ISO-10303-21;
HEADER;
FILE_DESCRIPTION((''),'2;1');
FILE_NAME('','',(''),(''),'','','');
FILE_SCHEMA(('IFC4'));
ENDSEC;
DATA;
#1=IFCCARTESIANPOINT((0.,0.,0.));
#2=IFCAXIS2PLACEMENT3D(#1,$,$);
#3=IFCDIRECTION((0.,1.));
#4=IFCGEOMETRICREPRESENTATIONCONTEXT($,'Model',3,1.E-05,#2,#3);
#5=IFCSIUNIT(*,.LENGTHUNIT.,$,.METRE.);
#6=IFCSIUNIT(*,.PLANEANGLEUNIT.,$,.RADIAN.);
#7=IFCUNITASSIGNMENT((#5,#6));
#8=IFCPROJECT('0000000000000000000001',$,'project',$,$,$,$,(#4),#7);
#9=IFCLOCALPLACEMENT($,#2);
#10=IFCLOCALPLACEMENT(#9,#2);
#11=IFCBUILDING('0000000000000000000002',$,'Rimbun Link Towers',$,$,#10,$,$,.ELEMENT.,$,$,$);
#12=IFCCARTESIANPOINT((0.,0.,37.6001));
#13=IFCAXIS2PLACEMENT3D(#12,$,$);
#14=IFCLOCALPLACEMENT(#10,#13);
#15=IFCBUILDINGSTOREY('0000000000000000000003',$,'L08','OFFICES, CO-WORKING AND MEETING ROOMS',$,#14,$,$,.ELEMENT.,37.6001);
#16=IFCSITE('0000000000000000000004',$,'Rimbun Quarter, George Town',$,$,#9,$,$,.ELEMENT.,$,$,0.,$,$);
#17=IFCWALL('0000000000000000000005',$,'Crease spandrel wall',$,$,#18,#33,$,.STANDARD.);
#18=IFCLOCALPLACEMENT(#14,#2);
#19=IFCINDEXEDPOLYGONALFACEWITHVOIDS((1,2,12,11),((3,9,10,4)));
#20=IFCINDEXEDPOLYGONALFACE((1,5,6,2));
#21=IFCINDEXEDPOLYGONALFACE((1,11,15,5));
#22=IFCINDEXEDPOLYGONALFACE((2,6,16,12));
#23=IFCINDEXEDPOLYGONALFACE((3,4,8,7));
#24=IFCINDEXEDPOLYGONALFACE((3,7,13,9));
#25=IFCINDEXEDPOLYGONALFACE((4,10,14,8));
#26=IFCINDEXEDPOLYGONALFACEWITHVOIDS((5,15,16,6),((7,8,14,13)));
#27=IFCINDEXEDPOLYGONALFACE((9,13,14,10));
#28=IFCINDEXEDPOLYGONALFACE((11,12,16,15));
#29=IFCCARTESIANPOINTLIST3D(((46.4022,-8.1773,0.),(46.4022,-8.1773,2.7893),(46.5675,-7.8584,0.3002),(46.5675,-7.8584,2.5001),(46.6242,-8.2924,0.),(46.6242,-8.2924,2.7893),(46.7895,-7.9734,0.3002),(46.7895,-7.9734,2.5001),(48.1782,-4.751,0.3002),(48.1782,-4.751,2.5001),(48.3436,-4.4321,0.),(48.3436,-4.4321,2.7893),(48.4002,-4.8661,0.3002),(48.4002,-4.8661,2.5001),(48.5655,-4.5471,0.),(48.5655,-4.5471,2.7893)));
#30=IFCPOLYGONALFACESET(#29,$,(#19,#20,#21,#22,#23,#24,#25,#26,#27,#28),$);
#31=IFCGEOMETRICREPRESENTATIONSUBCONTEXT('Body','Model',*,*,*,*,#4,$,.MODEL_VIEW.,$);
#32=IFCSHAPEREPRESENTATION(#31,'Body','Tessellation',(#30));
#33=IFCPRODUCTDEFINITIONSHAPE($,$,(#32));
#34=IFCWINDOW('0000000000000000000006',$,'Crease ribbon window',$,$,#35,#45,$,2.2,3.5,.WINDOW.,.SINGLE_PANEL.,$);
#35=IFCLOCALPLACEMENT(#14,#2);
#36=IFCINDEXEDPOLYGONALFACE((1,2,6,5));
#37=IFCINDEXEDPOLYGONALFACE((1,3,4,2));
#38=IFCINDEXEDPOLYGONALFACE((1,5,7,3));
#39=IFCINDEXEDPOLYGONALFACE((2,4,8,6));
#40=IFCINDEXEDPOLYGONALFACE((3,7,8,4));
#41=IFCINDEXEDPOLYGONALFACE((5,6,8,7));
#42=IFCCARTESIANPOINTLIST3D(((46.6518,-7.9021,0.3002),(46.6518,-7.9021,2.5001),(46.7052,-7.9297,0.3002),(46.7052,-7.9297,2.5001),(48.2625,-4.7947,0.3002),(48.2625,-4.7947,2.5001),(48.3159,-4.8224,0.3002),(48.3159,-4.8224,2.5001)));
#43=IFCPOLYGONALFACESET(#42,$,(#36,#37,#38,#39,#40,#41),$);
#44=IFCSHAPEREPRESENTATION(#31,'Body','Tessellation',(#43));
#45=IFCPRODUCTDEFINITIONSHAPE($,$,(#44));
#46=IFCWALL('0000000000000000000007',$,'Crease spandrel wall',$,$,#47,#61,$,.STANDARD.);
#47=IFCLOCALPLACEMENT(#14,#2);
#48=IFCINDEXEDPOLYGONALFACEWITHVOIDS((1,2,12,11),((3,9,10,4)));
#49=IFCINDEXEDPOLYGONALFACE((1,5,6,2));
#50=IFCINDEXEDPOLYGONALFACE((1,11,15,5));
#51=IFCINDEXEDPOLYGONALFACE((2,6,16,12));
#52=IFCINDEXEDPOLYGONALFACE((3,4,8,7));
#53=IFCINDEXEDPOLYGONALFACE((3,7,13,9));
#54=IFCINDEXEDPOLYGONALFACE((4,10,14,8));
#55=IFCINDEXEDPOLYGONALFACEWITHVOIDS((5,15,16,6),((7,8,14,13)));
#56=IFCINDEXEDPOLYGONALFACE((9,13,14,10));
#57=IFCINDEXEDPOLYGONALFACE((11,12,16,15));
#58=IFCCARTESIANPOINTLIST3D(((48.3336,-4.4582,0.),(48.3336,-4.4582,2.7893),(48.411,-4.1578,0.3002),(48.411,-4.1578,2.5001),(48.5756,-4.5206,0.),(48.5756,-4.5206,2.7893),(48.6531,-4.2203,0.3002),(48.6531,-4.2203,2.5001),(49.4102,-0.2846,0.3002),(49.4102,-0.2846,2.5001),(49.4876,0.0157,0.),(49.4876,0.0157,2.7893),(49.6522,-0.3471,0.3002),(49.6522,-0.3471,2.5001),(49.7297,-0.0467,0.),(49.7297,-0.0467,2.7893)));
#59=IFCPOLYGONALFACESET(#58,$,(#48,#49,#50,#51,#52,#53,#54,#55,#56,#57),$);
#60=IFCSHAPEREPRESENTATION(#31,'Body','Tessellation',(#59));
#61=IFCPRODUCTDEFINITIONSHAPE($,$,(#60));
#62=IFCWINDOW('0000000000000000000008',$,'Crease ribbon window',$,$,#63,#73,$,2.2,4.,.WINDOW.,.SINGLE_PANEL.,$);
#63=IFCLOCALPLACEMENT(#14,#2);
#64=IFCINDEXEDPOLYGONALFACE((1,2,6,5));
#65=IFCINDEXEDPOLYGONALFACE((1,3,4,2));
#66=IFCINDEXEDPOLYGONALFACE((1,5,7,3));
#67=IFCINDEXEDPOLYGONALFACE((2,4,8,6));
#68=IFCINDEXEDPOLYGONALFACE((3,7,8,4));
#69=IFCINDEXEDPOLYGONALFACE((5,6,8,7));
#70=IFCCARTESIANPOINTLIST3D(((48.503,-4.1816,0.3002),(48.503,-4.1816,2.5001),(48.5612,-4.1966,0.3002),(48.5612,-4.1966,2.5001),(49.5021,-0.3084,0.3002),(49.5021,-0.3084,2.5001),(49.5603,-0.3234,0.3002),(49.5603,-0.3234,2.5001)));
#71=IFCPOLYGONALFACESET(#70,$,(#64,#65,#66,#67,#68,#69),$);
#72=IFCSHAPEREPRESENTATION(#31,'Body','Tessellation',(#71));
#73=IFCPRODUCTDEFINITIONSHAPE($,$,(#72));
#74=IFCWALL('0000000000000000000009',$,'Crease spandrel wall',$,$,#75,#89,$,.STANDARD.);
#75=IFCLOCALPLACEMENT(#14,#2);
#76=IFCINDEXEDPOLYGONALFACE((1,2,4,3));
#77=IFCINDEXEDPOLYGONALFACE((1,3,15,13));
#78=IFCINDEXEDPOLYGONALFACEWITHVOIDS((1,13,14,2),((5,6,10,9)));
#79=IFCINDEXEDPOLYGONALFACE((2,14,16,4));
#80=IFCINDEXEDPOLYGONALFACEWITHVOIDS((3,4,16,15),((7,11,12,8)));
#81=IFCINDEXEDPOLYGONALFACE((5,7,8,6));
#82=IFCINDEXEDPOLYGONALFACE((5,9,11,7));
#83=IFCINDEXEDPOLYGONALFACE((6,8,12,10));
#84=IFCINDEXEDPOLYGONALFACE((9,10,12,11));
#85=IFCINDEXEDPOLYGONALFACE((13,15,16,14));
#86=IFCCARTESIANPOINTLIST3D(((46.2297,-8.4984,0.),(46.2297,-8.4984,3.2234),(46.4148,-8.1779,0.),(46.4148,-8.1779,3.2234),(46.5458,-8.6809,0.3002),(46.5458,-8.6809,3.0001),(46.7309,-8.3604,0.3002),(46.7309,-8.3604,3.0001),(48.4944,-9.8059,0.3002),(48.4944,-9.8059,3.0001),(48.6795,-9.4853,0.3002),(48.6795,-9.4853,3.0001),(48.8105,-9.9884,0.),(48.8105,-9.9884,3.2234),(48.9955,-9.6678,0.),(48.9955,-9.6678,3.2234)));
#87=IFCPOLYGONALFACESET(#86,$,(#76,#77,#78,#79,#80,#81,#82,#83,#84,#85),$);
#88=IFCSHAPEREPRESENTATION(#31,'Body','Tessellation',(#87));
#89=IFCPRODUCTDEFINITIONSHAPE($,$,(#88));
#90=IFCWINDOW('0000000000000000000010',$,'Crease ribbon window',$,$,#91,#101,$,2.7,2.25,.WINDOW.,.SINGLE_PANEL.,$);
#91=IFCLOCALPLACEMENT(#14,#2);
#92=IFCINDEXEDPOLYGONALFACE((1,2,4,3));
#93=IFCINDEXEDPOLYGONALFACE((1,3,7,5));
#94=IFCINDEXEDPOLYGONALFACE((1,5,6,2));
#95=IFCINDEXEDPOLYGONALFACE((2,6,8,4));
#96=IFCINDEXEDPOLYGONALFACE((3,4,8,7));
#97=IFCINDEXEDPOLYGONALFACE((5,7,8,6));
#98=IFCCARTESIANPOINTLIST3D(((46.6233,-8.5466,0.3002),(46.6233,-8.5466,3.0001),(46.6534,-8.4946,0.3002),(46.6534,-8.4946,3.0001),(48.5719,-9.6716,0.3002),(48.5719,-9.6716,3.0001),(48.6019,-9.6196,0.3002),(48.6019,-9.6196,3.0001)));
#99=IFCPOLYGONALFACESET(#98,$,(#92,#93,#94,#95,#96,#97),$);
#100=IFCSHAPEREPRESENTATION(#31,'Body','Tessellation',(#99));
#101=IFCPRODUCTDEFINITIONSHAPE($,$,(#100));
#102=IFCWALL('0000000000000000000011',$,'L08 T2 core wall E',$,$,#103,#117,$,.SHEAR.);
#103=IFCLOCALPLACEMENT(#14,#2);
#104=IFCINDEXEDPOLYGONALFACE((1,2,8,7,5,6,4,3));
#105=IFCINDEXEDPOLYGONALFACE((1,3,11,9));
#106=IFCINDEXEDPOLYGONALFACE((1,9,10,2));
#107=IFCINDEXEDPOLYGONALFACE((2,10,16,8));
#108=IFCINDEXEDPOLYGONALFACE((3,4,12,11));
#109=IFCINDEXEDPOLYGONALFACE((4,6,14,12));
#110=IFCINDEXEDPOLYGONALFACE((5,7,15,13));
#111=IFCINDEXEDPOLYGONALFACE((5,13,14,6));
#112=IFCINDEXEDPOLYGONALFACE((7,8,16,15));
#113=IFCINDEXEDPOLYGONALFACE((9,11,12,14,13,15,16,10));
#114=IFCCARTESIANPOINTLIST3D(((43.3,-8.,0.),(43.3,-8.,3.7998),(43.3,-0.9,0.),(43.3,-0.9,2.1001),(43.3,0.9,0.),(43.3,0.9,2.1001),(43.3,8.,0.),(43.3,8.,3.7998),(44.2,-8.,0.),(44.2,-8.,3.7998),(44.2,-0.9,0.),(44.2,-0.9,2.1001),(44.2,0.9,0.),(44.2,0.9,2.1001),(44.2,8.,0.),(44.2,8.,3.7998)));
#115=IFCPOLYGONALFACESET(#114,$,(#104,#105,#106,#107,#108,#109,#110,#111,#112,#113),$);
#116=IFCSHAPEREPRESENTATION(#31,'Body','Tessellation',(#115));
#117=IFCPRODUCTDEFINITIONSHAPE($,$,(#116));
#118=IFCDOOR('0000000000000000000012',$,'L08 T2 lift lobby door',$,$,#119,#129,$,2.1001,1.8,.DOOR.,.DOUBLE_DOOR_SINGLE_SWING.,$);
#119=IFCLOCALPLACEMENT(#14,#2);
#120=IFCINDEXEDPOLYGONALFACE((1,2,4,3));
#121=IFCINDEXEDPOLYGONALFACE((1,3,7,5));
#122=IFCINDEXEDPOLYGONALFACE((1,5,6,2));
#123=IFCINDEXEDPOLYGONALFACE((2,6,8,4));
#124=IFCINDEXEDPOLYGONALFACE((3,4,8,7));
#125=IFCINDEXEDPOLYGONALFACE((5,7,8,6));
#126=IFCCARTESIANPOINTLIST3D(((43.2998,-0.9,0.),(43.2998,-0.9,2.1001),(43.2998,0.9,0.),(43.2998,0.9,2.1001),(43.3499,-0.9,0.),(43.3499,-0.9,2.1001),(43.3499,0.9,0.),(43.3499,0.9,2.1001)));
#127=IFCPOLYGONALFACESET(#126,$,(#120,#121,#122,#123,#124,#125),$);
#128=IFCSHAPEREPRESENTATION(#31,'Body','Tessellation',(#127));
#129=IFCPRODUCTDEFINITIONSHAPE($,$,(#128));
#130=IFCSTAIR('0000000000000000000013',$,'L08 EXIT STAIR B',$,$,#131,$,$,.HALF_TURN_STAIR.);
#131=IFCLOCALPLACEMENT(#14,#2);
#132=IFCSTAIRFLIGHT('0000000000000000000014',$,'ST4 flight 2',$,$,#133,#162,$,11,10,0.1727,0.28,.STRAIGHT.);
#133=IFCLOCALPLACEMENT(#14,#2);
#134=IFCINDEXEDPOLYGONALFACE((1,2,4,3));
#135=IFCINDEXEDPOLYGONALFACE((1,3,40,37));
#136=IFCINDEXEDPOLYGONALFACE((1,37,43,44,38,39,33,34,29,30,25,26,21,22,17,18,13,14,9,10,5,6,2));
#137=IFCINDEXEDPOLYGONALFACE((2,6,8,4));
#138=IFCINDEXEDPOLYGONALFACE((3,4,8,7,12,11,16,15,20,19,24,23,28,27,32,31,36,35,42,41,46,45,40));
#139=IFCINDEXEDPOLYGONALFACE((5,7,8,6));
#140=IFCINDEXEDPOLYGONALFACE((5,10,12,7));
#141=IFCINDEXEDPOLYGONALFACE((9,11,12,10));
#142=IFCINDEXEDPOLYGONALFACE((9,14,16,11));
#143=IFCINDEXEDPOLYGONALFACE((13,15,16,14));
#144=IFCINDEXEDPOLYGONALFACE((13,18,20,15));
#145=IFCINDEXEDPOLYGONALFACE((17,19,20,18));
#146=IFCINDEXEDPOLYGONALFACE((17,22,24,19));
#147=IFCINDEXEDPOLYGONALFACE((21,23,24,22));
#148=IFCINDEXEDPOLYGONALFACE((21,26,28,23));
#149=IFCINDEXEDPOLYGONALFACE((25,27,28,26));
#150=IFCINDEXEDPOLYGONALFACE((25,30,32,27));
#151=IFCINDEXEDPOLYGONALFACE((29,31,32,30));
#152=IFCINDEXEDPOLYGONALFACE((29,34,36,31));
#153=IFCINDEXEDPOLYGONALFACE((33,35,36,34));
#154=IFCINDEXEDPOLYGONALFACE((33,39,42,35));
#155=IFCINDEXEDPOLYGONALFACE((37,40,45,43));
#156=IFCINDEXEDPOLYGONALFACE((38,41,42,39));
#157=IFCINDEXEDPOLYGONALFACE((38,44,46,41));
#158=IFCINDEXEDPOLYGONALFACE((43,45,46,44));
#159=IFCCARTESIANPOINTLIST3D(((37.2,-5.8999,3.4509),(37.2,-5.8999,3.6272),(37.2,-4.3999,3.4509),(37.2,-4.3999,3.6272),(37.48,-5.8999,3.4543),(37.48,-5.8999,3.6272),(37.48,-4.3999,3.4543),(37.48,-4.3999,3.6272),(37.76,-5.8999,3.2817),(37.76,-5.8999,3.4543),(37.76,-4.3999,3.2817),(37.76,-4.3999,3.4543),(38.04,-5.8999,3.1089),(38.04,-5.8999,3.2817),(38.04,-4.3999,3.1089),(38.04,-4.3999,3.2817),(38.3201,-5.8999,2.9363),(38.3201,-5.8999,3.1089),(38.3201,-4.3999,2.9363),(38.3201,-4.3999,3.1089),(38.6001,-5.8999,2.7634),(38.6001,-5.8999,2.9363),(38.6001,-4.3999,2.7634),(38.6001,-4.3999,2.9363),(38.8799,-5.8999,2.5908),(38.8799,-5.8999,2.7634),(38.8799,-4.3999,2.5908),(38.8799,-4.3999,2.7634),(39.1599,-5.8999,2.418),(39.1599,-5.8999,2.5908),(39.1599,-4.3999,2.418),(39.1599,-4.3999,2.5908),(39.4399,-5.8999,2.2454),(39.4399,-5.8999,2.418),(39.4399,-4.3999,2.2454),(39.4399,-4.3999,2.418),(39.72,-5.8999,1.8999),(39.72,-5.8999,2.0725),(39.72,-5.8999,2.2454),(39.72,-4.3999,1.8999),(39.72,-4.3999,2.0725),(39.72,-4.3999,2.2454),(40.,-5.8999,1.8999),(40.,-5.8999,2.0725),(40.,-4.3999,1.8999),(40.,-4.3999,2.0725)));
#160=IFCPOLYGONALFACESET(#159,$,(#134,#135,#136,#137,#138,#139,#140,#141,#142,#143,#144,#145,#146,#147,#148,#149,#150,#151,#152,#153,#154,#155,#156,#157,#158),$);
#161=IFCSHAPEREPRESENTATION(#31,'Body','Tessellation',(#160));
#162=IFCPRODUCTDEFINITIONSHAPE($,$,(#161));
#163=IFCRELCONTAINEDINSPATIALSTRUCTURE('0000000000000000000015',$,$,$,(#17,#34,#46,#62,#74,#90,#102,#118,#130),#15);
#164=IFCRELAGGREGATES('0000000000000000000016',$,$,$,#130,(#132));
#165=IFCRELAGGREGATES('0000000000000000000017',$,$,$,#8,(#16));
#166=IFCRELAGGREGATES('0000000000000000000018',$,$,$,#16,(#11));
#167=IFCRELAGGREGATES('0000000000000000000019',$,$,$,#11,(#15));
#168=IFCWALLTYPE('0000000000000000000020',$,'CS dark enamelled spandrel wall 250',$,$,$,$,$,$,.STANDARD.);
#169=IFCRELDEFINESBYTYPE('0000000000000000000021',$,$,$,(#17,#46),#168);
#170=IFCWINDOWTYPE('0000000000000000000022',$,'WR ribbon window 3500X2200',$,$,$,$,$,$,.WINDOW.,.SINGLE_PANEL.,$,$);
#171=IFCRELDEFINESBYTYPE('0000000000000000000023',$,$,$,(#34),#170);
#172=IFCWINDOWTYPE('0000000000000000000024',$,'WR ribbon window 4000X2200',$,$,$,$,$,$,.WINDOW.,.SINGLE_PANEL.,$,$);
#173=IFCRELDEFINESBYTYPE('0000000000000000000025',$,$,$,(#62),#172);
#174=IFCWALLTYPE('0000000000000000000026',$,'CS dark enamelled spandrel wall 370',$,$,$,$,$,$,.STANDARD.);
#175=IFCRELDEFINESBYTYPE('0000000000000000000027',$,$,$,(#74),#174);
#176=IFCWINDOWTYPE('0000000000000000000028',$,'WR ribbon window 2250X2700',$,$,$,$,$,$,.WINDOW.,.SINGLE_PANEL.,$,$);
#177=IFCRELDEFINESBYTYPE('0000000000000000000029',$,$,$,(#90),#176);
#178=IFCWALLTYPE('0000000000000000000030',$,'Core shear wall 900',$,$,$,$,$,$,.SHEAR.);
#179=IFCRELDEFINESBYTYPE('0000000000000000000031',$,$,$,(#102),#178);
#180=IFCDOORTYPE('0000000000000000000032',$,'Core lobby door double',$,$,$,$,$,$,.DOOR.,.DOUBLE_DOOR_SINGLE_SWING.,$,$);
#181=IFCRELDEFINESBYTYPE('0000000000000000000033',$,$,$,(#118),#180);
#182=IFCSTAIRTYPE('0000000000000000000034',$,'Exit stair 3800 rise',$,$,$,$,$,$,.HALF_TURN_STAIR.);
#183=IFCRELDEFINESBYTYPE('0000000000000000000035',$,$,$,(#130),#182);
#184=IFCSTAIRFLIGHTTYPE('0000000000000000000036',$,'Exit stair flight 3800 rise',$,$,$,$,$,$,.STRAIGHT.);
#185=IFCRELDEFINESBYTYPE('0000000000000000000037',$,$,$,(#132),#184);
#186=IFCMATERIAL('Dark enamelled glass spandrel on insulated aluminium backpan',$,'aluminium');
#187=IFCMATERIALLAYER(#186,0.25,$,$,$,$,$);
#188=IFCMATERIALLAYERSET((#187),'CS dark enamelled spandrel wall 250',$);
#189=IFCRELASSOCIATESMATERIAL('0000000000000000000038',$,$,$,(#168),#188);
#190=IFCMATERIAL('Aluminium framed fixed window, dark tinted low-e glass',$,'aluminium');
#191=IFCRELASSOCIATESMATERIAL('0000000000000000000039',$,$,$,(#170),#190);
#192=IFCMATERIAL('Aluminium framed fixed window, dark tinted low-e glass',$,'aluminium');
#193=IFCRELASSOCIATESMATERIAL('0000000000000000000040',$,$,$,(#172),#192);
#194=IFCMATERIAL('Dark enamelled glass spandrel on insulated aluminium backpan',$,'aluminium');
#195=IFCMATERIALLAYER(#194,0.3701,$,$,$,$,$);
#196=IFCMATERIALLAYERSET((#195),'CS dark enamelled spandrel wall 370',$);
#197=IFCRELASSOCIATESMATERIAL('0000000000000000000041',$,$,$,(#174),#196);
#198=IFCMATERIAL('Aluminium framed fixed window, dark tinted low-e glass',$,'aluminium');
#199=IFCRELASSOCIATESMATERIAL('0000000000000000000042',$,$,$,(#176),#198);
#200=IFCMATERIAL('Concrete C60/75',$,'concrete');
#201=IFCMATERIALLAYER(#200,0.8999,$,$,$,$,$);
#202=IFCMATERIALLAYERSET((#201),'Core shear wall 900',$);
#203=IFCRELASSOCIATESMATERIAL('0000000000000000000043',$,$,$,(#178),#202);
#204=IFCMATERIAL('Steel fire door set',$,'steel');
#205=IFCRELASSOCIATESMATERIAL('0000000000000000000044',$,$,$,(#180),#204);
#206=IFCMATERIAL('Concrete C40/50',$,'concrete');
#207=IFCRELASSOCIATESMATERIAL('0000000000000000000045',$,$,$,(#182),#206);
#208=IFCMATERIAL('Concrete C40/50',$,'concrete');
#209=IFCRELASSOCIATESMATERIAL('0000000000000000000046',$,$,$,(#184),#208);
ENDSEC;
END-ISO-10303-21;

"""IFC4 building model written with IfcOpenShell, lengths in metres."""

from ifc_helpers import new_model, si_unit, direction, frame, frame_2d, origin, place, context, subcontext, project, spatial, polyline, rectangle, outline, extrude, material, layer, layer_set, type_object, element, fill, aggregate, save


model = new_model("IFC4")

# Units and contexts
model_context = context("Model", 3, precision=1e-05, world=origin(), true_north=direction((0.0, 1.0)))
body_context = subcontext(model_context, "Body", "Model", "MODEL_VIEW")
ifc_project = project(units=[si_unit("LENGTHUNIT", "METRE"), si_unit("PLANEANGLEUNIT", "RADIAN")], contexts=[model_context])

# Site, building, storey
site_placement = place(None, origin())
site = spatial("IfcSite", under=ifc_project, at=site_placement, Name="Rimbun Quarter, George Town", CompositionType="ELEMENT", RefElevation=0.0)
building_placement = place(site_placement, origin())
building = spatial("IfcBuilding", under=site, at=building_placement, Name="Rimbun Link Towers", CompositionType="ELEMENT")
storey_placement = place(building_placement, frame((0.0, 0.0, 37.6001)))
storey = spatial("IfcBuildingStorey", under=building, at=storey_placement, Name="L08", Description="OFFICES, CO-WORKING AND MEETING ROOMS", CompositionType="ELEMENT", Elevation=37.6001)

# Walls, openings, windows
ifc_material_1 = material(Name="Dark enamelled glass spandrel on insulated aluminium backpan", Category="aluminium")
ifc_layer_1 = layer(ifc_material_1, 0.25)
ifc_layer_set_1 = layer_set([ifc_layer_1], Name="CS dark enamelled spandrel wall 250")
wall_type_1 = type_object("IfcWallType", Name="CS dark enamelled spandrel wall 250", PredefinedType="STANDARD", material=ifc_layer_set_1)
wall_1_placement = place(storey_placement, frame((48.4546, -4.4895, 0.0), z_axis=(0.0, 0.0, 1.0), x_axis=(-0.460199, -0.887816, 0.0)))
wall_1 = element("IfcWall", 1, at=wall_1_placement, inside=storey, type_object=wall_type_1, Name="Crease spandrel wall", PredefinedType="STANDARD", context=body_context, shape_type="SweptSolid", body=[
    extrude(rectangle(XDim=4.2185, YDim=0.25, at=frame_2d((2.1094, 0.0))), origin(), (0.0, 0.0, 1.0), 2.7893),
])
opening_1_placement = place(wall_1_placement, frame((0.3594, 0.0, 0.3)))
opening_1 = element("IfcOpeningElement", 2, at=opening_1_placement, cuts=wall_1, PredefinedType="OPENING", context=body_context, shape_type="SweptSolid", body=[
    extrude(rectangle(XDim=3.5, YDim=2.2, at=frame_2d((1.75, 1.1001))), frame((0.0, 0.135, 0.0), z_axis=(0.0, -1.0, 0.0), x_axis=(1.0, 0.0, 0.0)), (0.0, 0.0, 1.0), 0.27),
])
ifc_material_2 = material(Name="Aluminium framed fixed window, dark tinted low-e glass", Category="aluminium")
window_type_1 = type_object("IfcWindowType", Name="WR ribbon window 3500X2200", PartitioningType="SINGLE_PANEL", PredefinedType="WINDOW", material=ifc_material_2)
window_1_placement = place(opening_1_placement, origin())
window_1 = element("IfcWindow", 3, at=window_1_placement, inside=storey, type_object=window_type_1, Name="Crease ribbon window", OverallHeight=2.2, OverallWidth=3.5, PartitioningType="SINGLE_PANEL", PredefinedType="WINDOW", context=body_context, shape_type="SweptSolid", body=[
    extrude(rectangle(XDim=3.5, YDim=2.2, at=frame_2d((1.75, 1.1001))), frame((0.0, 0.03, 0.0), z_axis=(0.0, -1.0, 0.0), x_axis=(1.0, 0.0, 0.0)), (0.0, 0.0, 1.0), 0.0601),
])
fill(opening_1, window_1)
wall_2_placement = place(storey_placement, frame((49.6086, -0.0156, 0.0), z_axis=(0.0, 0.0, 1.0), x_axis=(-0.249777, -0.968303, 0.0)))
wall_2 = element("IfcWall", 4, at=wall_2_placement, inside=storey, type_object=wall_type_1, Name="Crease spandrel wall", PredefinedType="STANDARD", context=body_context, shape_type="SweptSolid", body=[
    extrude(rectangle(XDim=4.6204, YDim=0.25, at=frame_2d((2.3101, 0.0))), origin(), (0.0, 0.0, 1.0), 2.7893),
])
opening_2_placement = place(wall_2_placement, frame((0.3101, 0.0, 0.3)))
opening_2 = element("IfcOpeningElement", 5, at=opening_2_placement, cuts=wall_2, PredefinedType="OPENING", context=body_context, shape_type="SweptSolid", body=[
    extrude(rectangle(XDim=4.0, YDim=2.2, at=frame_2d((2.0, 1.1001))), frame((0.0, 0.135, 0.0), z_axis=(0.0, -1.0, 0.0), x_axis=(1.0, 0.0, 0.0)), (0.0, 0.0, 1.0), 0.27),
])
ifc_material_3 = material(Name="Aluminium framed fixed window, dark tinted low-e glass", Category="aluminium")
window_type_2 = type_object("IfcWindowType", Name="WR ribbon window 4000X2200", PartitioningType="SINGLE_PANEL", PredefinedType="WINDOW", material=ifc_material_3)
window_2_placement = place(opening_2_placement, origin())
window_2 = element("IfcWindow", 6, at=window_2_placement, inside=storey, type_object=window_type_2, Name="Crease ribbon window", OverallHeight=2.2, OverallWidth=4.0, PartitioningType="SINGLE_PANEL", PredefinedType="WINDOW", context=body_context, shape_type="SweptSolid", body=[
    extrude(rectangle(XDim=4.0, YDim=2.2, at=frame_2d((2.0, 1.1001))), frame((0.0, 0.03, 0.0), z_axis=(0.0, -1.0, 0.0), x_axis=(1.0, 0.0, 0.0)), (0.0, 0.0, 1.0), 0.0601),
])
fill(opening_2, window_2)
ifc_material_4 = material(Name="Dark enamelled glass spandrel on insulated aluminium backpan", Category="aluminium")
ifc_layer_2 = layer(ifc_material_4, 0.3701)
ifc_layer_set_2 = layer_set([ifc_layer_2], Name="CS dark enamelled spandrel wall 370")
wall_type_2 = type_object("IfcWallType", Name="CS dark enamelled spandrel wall 370", PredefinedType="STANDARD", material=ifc_layer_set_2)
wall_3_placement = place(storey_placement, frame((46.3223, -8.3381, 0.0), z_axis=(0.0, 0.0, 1.0), x_axis=(0.866031, -0.49999, 0.0)))
wall_3 = element("IfcWall", 7, at=wall_3_placement, inside=storey, type_object=wall_type_2, Name="Crease spandrel wall", PredefinedType="STANDARD", context=body_context, shape_type="SweptSolid", body=[
    extrude(rectangle(XDim=2.98, YDim=0.3701, at=frame_2d((1.49, 0.0))), origin(), (0.0, 0.0, 1.0), 3.2234),
])
opening_3_placement = place(wall_3_placement, frame((0.365, 0.0, 0.3)))
opening_3 = element("IfcOpeningElement", 8, at=opening_3_placement, cuts=wall_3, PredefinedType="OPENING", context=body_context, shape_type="SweptSolid", body=[
    extrude(rectangle(XDim=2.25, YDim=2.7, at=frame_2d((1.125, 1.3501))), frame((0.0, 0.1951, 0.0), z_axis=(0.0, -1.0, 0.0), x_axis=(1.0, 0.0, 0.0)), (0.0, 0.0, 1.0), 0.3901),
])
ifc_material_5 = material(Name="Aluminium framed fixed window, dark tinted low-e glass", Category="aluminium")
window_type_3 = type_object("IfcWindowType", Name="WR ribbon window 2250X2700", PartitioningType="SINGLE_PANEL", PredefinedType="WINDOW", material=ifc_material_5)
window_3_placement = place(opening_3_placement, origin())
window_3 = element("IfcWindow", 9, at=window_3_placement, inside=storey, type_object=window_type_3, Name="Crease ribbon window", OverallHeight=2.7, OverallWidth=2.25, PartitioningType="SINGLE_PANEL", PredefinedType="WINDOW", context=body_context, shape_type="SweptSolid", body=[
    extrude(rectangle(XDim=2.25, YDim=2.7, at=frame_2d((1.125, 1.3501))), frame((0.0, 0.03, 0.0), z_axis=(0.0, -1.0, 0.0), x_axis=(1.0, 0.0, 0.0)), (0.0, 0.0, 1.0), 0.0601),
])
fill(opening_3, window_3)

# Wall, opening, door
ifc_material_6 = material(Name="Concrete C60/75", Category="concrete")
ifc_layer_3 = layer(ifc_material_6, 0.8999)
ifc_layer_set_3 = layer_set([ifc_layer_3], Name="Core shear wall 900")
wall_type_3 = type_object("IfcWallType", Name="Core shear wall 900", PredefinedType="SHEAR", material=ifc_layer_set_3)
wall_4_placement = place(storey_placement, frame((43.75, -8.0, 0.0), z_axis=(0.0, 0.0, 1.0), x_axis=(0.0, 1.0, 0.0)))
wall_4 = element("IfcWall", 10, at=wall_4_placement, inside=storey, type_object=wall_type_3, Name="L08 T2 core wall E", PredefinedType="SHEAR", context=body_context, shape_type="SweptSolid", body=[
    extrude(rectangle(XDim=16.0, YDim=0.8999, at=frame_2d((8.0, 0.0))), origin(), (0.0, 0.0, 1.0), 3.7998),
])
opening_4_placement = place(wall_4_placement, frame((7.1001, 0.0, 0.0)))
opening_4 = element("IfcOpeningElement", 11, at=opening_4_placement, cuts=wall_4, PredefinedType="OPENING", context=body_context, shape_type="SweptSolid", body=[
    extrude(rectangle(XDim=1.8, YDim=2.1001, at=frame_2d((0.8999, 1.05))), frame((0.0, 0.46, 0.0), z_axis=(0.0, -1.0, 0.0), x_axis=(1.0, 0.0, 0.0)), (0.0, 0.0, 1.0), 0.9199),
])
ifc_material_7 = material(Name="Steel fire door set", Category="steel")
door_type = type_object("IfcDoorType", Name="Core lobby door double", OperationType="DOUBLE_DOOR_SINGLE_SWING", PredefinedType="DOOR", material=ifc_material_7)
door_placement = place(opening_4_placement, origin())
door = element("IfcDoor", 12, at=door_placement, inside=storey, type_object=door_type, Name="L08 T2 lift lobby door", OperationType="DOUBLE_DOOR_SINGLE_SWING", OverallHeight=2.1001, OverallWidth=1.8, PredefinedType="DOOR", context=body_context, shape_type="SweptSolid", body=[
    extrude(rectangle(XDim=1.8, YDim=2.1001, at=frame_2d((0.8999, 1.05))), frame((0.0, 0.4502, 0.0), z_axis=(0.0, -1.0, 0.0), x_axis=(1.0, 0.0, 0.0)), (0.0, 0.0, 1.0), 0.05),
])
fill(opening_4, door)

# Stair, stair flight
ifc_material_8 = material(Name="Concrete C40/50", Category="concrete")
stair_type = type_object("IfcStairType", Name="Exit stair 3800 rise", PredefinedType="HALF_TURN_STAIR", material=ifc_material_8)
stair_placement = place(storey_placement, origin())
stair = element("IfcStair", 13, at=stair_placement, inside=storey, type_object=stair_type, Name="L08 EXIT STAIR B", PredefinedType="HALF_TURN_STAIR")
ifc_material_9 = material(Name="Concrete C40/50", Category="concrete")
stair_flight_type = type_object("IfcStairFlightType", Name="Exit stair flight 3800 rise", PredefinedType="STRAIGHT", material=ifc_material_9)
stair_flight_placement = place(storey_placement, frame((40.0, -5.1499, 1.8999), z_axis=(0.0, 0.0, 1.0), x_axis=(-1.0, 0.0, 0.0)))
stair_flight = element("IfcStairFlight", 14, at=stair_flight_placement, type_object=stair_flight_type, Name="ST4 flight 2", NumberOfRisers=11, NumberOfTreads=10, PredefinedType="STRAIGHT", RiserHeight=0.1727, TreadLength=0.28, context=body_context, shape_type="SweptSolid", body=[
    extrude(outline(polyline([(0.0, 0.0), (0.0, 0.1726), (0.28, 0.1726), (0.28, 0.3455), (0.5601, 0.3455), (0.5601, 0.5181), (0.8401, 0.5181), (0.8401, 0.6909), (1.1201, 0.6909), (1.1201, 0.8635), (1.3999, 0.8635), (1.3999, 1.0364), (1.6799, 1.0364), (1.6799, 1.209), (1.96, 1.209), (1.96, 1.3818), (2.24, 1.3818), (2.24, 1.5544), (2.52, 1.5544), (2.52, 1.7273), (2.8, 1.7273), (2.8, 1.8999), (2.8, 1.551), (0.28, 0.0), (0.0, 0.0)])), frame((0.0, 0.75, 0.0), z_axis=(0.0, -1.0, 0.0), x_axis=(1.0, 0.0, 0.0)), (0.0, 0.0, 1.0), 1.5),
])
aggregate(stair, [stair_flight])

save(model, "model.ifc")
